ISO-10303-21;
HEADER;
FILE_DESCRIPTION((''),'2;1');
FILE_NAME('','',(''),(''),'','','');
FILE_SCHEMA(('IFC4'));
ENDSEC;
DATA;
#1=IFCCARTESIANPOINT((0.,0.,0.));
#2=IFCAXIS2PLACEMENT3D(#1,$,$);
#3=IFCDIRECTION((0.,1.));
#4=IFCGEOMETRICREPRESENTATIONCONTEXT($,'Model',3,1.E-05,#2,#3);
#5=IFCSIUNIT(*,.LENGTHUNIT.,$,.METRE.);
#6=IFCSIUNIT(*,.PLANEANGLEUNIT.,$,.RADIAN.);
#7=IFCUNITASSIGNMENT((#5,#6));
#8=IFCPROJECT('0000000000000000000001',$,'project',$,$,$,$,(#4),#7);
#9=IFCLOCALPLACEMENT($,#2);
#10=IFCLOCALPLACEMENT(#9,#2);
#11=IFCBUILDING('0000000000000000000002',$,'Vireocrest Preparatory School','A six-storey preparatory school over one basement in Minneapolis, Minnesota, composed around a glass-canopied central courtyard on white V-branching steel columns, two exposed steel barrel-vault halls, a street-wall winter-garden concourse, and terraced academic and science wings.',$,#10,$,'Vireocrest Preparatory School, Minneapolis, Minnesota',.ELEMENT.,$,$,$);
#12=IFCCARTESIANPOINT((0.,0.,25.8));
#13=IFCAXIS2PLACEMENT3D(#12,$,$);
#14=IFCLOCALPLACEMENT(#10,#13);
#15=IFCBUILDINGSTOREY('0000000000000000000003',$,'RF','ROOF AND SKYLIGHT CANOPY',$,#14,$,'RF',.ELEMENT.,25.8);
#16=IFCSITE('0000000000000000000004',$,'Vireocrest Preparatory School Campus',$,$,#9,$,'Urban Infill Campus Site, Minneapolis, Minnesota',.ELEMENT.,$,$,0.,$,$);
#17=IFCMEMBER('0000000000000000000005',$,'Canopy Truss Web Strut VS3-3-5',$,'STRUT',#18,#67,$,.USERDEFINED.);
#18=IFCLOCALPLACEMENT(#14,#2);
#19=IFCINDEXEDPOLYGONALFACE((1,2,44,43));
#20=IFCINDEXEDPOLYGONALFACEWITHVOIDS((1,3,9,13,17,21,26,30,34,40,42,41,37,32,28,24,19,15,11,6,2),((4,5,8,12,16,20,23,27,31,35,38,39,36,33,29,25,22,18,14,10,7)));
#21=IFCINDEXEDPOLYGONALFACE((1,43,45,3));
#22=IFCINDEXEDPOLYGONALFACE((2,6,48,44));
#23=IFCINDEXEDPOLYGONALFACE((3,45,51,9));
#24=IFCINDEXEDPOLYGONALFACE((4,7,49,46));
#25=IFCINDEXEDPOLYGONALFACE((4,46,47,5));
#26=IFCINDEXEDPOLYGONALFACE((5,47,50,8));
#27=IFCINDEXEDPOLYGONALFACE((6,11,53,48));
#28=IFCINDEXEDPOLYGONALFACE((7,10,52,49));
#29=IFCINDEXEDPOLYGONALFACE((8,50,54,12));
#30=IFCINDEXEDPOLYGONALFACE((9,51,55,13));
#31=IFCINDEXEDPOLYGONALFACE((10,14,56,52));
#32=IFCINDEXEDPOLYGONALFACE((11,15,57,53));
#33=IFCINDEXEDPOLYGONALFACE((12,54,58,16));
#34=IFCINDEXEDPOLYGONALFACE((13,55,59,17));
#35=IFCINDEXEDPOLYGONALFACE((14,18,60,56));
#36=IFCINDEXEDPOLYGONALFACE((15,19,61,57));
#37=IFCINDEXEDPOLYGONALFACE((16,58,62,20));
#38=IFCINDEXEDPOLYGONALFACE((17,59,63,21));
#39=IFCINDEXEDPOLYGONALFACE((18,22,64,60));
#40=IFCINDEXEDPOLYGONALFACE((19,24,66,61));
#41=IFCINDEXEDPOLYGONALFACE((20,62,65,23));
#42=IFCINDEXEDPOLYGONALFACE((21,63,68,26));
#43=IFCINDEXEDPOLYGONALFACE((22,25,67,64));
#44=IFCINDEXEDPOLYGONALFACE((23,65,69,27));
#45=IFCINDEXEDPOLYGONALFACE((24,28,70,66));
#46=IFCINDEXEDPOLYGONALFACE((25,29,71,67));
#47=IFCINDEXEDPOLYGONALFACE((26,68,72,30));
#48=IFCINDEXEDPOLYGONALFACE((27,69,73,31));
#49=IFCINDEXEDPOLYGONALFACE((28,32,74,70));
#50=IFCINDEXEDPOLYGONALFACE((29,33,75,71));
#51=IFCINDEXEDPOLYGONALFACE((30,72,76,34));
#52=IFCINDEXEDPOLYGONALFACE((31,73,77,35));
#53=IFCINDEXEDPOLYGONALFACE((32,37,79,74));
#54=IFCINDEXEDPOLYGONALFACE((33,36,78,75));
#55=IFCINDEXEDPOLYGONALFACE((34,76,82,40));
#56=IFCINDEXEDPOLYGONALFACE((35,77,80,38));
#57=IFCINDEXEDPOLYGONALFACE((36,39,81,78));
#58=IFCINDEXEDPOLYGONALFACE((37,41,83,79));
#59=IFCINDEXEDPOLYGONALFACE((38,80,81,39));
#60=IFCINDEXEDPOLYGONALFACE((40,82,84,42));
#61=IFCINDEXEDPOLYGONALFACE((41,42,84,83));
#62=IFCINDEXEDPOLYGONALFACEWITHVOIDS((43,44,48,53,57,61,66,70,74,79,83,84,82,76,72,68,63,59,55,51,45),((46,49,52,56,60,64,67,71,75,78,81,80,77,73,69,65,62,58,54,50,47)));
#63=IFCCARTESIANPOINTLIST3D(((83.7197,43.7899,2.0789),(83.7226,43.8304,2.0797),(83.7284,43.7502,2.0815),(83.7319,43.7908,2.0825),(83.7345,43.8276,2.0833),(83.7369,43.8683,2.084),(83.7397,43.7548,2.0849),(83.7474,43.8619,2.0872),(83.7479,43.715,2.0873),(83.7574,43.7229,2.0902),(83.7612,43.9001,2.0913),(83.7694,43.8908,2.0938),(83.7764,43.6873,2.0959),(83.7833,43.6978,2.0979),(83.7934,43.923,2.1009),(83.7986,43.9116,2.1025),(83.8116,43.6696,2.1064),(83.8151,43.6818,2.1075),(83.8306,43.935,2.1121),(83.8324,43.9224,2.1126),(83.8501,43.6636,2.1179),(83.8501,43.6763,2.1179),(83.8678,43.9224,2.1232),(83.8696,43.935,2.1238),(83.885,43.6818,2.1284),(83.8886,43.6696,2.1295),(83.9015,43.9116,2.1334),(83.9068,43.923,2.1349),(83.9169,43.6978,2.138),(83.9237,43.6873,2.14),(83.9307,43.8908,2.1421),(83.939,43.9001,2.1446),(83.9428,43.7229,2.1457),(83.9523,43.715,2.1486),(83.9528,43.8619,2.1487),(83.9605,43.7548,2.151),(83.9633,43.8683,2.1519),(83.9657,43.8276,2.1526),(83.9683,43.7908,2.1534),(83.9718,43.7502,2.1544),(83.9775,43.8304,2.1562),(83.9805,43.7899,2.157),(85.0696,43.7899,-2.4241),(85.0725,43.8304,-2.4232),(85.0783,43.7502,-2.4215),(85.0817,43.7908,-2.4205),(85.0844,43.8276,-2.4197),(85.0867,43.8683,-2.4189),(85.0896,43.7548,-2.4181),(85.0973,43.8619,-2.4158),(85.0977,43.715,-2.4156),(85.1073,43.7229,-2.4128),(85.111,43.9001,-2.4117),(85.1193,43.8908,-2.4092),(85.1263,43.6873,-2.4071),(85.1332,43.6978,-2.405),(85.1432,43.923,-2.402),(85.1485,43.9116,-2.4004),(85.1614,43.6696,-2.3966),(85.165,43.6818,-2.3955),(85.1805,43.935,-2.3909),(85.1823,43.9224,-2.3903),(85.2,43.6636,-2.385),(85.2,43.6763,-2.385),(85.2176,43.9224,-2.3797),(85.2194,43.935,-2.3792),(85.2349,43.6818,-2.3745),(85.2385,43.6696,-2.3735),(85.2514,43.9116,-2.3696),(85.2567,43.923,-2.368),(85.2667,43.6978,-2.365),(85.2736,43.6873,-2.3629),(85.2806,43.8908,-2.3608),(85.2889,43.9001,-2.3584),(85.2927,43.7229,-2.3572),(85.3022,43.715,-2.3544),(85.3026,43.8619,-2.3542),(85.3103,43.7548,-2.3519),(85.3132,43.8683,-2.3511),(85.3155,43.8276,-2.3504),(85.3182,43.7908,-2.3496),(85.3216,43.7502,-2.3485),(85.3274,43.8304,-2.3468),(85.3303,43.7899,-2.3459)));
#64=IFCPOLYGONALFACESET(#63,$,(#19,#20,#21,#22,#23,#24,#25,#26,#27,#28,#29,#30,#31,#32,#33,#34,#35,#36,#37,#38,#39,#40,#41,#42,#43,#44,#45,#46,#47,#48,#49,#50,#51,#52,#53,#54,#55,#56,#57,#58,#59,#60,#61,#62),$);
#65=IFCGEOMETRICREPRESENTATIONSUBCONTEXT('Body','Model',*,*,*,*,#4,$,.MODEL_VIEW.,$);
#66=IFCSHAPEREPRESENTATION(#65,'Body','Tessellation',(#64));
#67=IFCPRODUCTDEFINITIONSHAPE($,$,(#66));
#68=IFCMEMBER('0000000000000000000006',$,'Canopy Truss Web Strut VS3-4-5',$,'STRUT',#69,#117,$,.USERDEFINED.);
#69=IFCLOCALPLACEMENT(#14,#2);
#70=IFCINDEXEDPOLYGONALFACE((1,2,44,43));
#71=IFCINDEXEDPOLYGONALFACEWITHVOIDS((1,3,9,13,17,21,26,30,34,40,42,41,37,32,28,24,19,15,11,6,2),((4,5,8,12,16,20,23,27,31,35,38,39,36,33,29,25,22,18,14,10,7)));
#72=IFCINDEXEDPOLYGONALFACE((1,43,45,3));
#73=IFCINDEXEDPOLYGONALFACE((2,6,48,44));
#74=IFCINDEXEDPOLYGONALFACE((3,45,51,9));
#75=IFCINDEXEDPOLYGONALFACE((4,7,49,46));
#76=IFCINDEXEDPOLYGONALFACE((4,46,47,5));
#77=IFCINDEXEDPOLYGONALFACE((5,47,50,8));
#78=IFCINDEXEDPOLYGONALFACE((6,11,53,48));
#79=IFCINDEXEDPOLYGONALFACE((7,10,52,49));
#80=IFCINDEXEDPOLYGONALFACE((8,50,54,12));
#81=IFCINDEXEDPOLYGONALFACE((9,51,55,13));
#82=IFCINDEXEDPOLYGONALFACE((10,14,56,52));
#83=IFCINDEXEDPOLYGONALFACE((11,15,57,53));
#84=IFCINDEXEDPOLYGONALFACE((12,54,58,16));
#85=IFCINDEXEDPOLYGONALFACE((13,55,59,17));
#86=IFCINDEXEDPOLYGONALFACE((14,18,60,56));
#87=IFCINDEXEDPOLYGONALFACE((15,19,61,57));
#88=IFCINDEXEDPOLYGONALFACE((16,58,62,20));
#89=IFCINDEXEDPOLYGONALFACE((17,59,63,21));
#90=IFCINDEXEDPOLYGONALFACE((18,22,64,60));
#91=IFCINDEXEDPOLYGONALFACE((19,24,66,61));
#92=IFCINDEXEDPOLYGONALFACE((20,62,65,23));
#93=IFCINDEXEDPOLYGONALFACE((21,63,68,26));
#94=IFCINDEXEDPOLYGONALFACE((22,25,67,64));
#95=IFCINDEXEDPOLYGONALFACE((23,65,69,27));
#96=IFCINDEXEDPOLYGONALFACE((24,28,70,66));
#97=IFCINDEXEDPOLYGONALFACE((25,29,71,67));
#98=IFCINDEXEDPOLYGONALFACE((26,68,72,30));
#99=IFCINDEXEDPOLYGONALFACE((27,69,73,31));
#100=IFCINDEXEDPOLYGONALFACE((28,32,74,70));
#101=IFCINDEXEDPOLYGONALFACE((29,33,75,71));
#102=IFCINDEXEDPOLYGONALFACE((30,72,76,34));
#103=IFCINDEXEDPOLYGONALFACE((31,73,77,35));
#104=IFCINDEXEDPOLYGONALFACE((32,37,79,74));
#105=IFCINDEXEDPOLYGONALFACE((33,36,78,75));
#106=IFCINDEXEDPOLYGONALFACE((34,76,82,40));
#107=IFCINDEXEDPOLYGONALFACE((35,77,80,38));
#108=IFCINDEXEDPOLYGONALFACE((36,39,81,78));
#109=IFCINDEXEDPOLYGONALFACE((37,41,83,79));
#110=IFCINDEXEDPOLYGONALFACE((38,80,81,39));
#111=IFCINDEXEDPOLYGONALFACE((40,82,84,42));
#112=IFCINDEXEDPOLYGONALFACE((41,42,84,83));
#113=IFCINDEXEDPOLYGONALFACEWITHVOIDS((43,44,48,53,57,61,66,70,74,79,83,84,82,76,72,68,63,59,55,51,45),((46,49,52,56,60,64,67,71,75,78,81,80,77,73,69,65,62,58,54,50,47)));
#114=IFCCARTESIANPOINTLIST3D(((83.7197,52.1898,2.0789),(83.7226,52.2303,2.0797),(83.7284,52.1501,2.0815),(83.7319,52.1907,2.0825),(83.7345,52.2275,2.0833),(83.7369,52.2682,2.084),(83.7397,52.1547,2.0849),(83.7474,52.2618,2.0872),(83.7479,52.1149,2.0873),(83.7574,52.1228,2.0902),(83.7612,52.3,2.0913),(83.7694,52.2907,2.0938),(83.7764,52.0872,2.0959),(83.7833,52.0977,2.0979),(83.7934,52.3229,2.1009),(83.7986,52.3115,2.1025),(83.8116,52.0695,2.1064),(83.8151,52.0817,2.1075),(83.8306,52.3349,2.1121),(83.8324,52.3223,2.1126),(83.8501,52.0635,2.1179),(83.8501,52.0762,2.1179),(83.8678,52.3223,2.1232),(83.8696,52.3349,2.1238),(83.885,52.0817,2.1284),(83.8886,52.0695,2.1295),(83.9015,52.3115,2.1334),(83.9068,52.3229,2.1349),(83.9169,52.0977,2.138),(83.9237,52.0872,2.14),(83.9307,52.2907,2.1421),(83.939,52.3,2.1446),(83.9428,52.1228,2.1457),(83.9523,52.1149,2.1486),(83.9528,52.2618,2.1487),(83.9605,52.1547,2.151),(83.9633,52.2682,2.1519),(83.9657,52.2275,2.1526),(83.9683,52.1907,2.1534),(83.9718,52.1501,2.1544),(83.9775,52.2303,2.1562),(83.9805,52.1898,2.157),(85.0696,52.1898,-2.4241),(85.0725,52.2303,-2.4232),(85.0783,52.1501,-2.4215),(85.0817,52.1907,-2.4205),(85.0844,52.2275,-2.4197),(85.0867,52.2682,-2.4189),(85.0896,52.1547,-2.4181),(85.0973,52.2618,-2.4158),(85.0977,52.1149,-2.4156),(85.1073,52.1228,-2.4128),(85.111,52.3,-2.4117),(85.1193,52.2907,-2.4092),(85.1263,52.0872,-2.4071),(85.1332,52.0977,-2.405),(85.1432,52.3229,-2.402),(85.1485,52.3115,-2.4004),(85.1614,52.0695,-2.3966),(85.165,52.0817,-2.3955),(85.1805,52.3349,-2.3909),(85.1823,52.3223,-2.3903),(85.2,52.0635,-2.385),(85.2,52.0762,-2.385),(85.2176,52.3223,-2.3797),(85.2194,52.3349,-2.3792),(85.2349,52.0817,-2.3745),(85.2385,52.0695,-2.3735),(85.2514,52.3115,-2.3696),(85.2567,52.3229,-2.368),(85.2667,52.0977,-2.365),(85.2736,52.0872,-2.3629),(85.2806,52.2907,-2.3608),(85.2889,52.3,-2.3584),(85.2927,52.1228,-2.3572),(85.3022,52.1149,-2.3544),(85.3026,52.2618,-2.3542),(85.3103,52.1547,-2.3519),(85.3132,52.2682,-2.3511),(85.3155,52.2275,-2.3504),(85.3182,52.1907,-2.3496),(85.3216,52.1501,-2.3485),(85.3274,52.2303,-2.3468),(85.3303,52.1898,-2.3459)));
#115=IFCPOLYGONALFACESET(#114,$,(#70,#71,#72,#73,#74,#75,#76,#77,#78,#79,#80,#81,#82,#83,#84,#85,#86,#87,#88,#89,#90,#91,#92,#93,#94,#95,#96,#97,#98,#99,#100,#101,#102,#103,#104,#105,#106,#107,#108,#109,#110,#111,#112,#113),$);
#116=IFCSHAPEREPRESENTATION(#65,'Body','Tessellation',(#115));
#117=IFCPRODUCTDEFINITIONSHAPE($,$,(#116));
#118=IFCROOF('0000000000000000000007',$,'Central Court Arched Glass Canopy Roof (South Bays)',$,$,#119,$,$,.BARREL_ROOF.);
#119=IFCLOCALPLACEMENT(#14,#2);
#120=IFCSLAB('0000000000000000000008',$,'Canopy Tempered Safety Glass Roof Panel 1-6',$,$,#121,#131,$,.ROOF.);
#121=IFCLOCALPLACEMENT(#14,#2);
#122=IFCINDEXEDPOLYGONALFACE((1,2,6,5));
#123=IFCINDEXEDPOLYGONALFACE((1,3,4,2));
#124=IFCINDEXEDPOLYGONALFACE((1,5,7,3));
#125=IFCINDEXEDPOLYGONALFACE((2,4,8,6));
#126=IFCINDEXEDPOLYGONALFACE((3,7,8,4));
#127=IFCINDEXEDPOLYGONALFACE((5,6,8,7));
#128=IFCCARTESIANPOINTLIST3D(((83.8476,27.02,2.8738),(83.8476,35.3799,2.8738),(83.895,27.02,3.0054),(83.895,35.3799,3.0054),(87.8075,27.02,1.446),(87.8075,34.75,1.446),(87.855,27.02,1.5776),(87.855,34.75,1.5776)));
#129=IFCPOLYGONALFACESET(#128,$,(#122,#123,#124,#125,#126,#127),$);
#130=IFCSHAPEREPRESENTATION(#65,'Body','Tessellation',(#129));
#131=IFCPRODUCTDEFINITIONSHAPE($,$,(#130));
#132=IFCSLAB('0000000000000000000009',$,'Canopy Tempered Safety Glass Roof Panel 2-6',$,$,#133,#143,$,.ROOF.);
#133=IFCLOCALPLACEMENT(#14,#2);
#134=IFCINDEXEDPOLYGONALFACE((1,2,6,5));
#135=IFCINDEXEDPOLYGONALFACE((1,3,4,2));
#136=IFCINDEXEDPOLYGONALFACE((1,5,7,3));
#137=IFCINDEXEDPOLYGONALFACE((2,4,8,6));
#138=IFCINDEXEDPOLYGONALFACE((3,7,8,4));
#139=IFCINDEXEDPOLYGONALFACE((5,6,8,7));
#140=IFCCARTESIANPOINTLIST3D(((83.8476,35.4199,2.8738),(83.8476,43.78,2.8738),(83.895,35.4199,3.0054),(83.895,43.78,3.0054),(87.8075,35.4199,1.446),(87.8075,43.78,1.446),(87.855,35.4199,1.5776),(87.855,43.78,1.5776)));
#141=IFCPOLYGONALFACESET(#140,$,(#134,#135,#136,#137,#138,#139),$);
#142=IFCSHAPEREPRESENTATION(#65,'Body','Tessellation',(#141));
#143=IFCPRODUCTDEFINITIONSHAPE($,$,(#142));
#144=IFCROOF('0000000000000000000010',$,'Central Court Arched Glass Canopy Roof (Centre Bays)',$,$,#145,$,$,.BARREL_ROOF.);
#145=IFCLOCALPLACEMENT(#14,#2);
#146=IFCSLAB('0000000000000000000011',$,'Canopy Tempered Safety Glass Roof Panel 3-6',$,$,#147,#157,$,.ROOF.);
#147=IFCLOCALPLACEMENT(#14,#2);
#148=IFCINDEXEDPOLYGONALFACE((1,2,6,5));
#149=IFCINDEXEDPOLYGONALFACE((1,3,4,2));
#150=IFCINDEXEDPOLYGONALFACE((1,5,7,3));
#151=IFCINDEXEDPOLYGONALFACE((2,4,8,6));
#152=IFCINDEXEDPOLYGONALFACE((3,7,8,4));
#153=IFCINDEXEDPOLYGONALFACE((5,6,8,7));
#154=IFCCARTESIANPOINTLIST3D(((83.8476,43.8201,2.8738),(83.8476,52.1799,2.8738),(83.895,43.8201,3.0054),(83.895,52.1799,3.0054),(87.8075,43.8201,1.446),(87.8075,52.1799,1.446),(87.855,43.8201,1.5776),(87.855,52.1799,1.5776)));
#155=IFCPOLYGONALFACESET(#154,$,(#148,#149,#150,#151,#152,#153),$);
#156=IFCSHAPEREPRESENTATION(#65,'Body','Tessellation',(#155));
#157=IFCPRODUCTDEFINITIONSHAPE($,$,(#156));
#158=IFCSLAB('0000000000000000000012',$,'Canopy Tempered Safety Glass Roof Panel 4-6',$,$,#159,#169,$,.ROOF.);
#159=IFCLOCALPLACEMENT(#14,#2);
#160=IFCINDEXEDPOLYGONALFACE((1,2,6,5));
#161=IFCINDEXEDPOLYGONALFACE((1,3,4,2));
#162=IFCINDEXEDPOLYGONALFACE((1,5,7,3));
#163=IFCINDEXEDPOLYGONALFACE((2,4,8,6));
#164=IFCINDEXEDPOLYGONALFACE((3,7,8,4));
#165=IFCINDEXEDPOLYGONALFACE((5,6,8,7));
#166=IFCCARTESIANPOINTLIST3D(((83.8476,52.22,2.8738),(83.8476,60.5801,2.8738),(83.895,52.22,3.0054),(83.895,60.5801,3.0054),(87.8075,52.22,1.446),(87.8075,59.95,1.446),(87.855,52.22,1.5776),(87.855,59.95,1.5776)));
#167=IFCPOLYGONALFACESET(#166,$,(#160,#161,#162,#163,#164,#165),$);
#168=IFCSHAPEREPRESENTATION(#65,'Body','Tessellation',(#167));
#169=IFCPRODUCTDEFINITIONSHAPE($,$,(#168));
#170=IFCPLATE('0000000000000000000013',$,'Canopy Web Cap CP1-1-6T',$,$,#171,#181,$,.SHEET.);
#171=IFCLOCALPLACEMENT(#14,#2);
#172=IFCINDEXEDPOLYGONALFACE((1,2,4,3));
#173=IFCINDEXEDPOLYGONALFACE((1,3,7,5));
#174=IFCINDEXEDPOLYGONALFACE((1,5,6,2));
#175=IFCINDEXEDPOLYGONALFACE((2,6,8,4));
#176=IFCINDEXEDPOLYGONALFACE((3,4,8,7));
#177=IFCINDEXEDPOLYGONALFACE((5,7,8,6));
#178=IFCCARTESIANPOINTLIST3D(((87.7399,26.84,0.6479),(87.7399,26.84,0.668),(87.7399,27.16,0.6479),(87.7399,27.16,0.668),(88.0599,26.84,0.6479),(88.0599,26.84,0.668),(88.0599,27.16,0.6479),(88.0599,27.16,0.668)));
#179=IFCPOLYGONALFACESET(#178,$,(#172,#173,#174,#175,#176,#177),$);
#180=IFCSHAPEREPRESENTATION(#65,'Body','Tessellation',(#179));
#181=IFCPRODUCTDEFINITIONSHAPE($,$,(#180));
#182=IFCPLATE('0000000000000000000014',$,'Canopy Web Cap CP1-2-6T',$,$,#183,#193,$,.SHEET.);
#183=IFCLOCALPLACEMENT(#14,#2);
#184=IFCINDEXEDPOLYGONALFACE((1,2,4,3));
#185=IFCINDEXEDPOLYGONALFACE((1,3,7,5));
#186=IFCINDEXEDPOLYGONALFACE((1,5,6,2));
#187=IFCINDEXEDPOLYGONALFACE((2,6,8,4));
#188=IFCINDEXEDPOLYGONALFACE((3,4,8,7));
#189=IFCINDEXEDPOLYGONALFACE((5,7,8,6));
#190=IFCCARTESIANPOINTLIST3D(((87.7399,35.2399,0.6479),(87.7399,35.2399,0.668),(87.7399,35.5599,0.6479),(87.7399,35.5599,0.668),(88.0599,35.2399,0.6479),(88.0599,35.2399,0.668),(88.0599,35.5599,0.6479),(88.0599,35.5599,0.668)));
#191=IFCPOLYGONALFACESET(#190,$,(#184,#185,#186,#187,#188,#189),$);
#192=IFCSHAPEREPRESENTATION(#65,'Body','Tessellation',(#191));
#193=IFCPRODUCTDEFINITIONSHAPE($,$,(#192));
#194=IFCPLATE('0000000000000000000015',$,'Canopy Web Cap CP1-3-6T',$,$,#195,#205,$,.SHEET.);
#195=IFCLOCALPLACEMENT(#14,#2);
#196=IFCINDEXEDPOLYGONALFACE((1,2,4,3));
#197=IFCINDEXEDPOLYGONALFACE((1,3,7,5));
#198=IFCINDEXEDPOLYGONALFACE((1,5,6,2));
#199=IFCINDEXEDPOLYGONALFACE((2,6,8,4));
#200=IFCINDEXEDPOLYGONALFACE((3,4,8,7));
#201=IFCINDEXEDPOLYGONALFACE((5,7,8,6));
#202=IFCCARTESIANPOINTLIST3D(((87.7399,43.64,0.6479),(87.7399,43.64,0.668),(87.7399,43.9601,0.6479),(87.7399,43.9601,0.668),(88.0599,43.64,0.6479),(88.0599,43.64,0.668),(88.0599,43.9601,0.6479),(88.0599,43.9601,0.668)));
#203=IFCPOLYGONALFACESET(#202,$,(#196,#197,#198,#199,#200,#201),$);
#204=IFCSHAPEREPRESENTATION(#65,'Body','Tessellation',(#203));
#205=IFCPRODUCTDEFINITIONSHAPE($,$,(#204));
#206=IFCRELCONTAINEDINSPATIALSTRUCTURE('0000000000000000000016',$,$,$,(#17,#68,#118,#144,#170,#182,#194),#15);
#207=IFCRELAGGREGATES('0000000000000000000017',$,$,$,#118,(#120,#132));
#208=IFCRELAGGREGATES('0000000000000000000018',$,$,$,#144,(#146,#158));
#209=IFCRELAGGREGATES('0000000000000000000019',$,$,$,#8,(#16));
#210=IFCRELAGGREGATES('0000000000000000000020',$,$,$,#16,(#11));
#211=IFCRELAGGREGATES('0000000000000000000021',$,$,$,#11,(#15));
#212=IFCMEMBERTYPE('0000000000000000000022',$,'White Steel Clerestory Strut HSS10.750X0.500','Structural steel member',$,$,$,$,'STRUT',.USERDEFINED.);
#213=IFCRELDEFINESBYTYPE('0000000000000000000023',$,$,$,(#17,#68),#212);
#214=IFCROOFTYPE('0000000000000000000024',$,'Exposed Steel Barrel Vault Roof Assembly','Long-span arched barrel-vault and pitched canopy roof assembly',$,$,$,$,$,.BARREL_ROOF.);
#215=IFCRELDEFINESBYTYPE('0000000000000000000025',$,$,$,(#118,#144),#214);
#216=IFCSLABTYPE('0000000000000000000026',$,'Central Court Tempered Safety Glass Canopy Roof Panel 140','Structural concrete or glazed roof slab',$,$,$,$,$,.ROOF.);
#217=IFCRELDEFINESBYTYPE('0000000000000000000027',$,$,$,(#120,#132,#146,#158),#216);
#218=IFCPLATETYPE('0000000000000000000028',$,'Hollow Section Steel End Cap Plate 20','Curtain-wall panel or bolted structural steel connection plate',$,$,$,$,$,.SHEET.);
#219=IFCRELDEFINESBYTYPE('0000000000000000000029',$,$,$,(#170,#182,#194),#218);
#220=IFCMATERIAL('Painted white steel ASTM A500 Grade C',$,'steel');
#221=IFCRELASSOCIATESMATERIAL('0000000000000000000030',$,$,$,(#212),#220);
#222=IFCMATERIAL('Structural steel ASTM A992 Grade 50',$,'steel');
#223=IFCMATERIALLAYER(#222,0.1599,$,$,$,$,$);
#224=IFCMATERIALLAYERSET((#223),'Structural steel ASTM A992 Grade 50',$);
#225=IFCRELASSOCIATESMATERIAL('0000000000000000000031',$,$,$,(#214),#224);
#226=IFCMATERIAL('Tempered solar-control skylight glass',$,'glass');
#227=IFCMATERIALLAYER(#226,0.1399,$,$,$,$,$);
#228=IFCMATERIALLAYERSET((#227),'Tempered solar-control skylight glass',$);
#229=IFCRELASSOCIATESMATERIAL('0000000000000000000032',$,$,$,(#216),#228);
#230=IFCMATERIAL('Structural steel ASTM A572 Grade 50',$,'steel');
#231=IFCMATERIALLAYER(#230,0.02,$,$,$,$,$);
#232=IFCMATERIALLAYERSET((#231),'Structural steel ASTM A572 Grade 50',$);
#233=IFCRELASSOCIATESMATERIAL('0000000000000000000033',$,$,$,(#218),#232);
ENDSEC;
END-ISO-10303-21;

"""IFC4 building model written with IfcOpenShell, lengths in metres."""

from ifc_helpers import new_model, si_unit, direction, frame, origin, origin_2d, place, context, subcontext, project, spatial, polyline, rectangle, hollow_circle, outline, extrude, material, layer, layer_set, material_profile, profile_set, type_object, element, aggregate, save


model = new_model("IFC4")

# Units and contexts
model_context = context("Model", 3, precision=1e-05, world=origin(), true_north=direction((0.0, 1.0)))
body_context = subcontext(model_context, "Body", "Model", "MODEL_VIEW")
ifc_project = project(units=[si_unit("LENGTHUNIT", "METRE"), si_unit("PLANEANGLEUNIT", "RADIAN")], contexts=[model_context])

# Site, building, storey
site_placement = place(None, origin())
site = spatial("IfcSite", under=ifc_project, at=site_placement, Name="Vireocrest Preparatory School Campus", LongName="Urban Infill Campus Site, Minneapolis, Minnesota", CompositionType="ELEMENT", RefElevation=0.0)
building_placement = place(site_placement, origin())
building = spatial("IfcBuilding", under=site, at=building_placement, Name="Vireocrest Preparatory School", Description="A six-storey preparatory school over one basement in Minneapolis, Minnesota, composed around a glass-canopied central courtyard on white V-branching steel columns, two exposed steel barrel-vault halls, a street-wall winter-garden concourse, and terraced academic and science wings.", LongName="Vireocrest Preparatory School, Minneapolis, Minnesota", CompositionType="ELEMENT")
storey_placement = place(building_placement, frame((0.0, 0.0, 25.8)))
storey = spatial("IfcBuildingStorey", under=building, at=storey_placement, Name="RF", Description="ROOF AND SKYLIGHT CANOPY", LongName="RF", CompositionType="ELEMENT", Elevation=25.8)

# Shared definitions
ifc_material_1 = material(Name="Painted white steel ASTM A500 Grade C", Category="steel")

# Shared definitions
ifc_material_2 = material(Name="Structural steel ASTM A992 Grade 50", Category="steel")

# Members
ifc_material_profile_1 = material_profile(ifc_material_1, hollow_circle(Radius=0.1365, WallThickness=0.0127, at=origin_2d()), Name="HSS10.750X0.500")
ifc_profile_set_1 = profile_set([ifc_material_profile_1], Name="Painted white steel ASTM A500 Grade C")
member_type_1 = type_object("IfcMemberType", Name="White Steel Clerestory Strut HSS10.750X0.500", Description="Structural steel member", ElementType="STRUT", PredefinedType="USERDEFINED", material=ifc_profile_set_1)
for number, where, z_axis, x_axis, name in (
    (1, (85.2, 43.8, -2.385), (-0.287148, 0.0, 0.957886), (0.0, -1.0, 0.0), "Canopy Truss Web Strut VS3-3-5"),
    (2, (85.2, 52.2, -2.385), (-0.287148, 0.0, 0.957886), (0.0, -1.0, 0.0), "Canopy Truss Web Strut VS3-4-5"),
):
    element("IfcMember", number, at=place(storey_placement, frame(where, z_axis=z_axis, x_axis=x_axis)), inside=storey, type_object=member_type_1, Name=name, ObjectType="STRUT", PredefinedType="USERDEFINED", context=body_context, shape_type="SweptSolid", body=[
        extrude(hollow_circle(Radius=0.1365, WallThickness=0.0127, at=origin_2d()), origin(), (0.0, 0.0, 1.0), 4.7009),
    ])

# Roofs, slabs
ifc_layer_1 = layer(ifc_material_2, 0.1599)
ifc_layer_set_1 = layer_set([ifc_layer_1], Name="Structural steel ASTM A992 Grade 50")
roof_type = type_object("IfcRoofType", Name="Exposed Steel Barrel Vault Roof Assembly", Description="Long-span arched barrel-vault and pitched canopy roof assembly", PredefinedType="BARREL_ROOF", material=ifc_layer_set_1)
roof_1_placement = place(storey_placement, origin())
roof_1 = element("IfcRoof", 3, at=roof_1_placement, inside=storey, type_object=roof_type, Name="Central Court Arched Glass Canopy Roof (South Bays)", PredefinedType="BARREL_ROOF")
ifc_material_3 = material(Name="Tempered solar-control skylight glass", Category="glass")
ifc_layer_2 = layer(ifc_material_3, 0.1399)
ifc_layer_set_2 = layer_set([ifc_layer_2], Name="Tempered solar-control skylight glass")
slab_type = type_object("IfcSlabType", Name="Central Court Tempered Safety Glass Canopy Roof Panel 140", Description="Structural concrete or glazed roof slab", PredefinedType="ROOF", material=ifc_layer_set_2)
slab_1_placement = place(storey_placement, frame((83.895, 27.02, 3.0054), z_axis=(0.339171, 0.0, 0.940725), x_axis=(0.940725, 0.0, -0.339171)))
slab_1 = element("IfcSlab", 4, at=slab_1_placement, type_object=slab_type, Name="Canopy Tempered Safety Glass Roof Panel 1-6", PredefinedType="ROOF", context=body_context, shape_type="SweptSolid", body=[
    extrude(outline(polyline([(0.0, 0.0), (4.2095, 0.0), (4.2095, 7.73), (0.0, 8.3599), (0.0, 0.0)])), origin(), (0.0, 0.0, -1.0), 0.1399),
])
slab_2_placement = place(storey_placement, frame((83.895, 35.4199, 3.0054), z_axis=(0.339171, 0.0, 0.940725), x_axis=(0.940725, 0.0, -0.339171)))
slab_2 = element("IfcSlab", 5, at=slab_2_placement, type_object=slab_type, Name="Canopy Tempered Safety Glass Roof Panel 2-6", PredefinedType="ROOF", context=body_context, shape_type="SweptSolid", body=[
    extrude(outline(polyline([(0.0, 0.0), (4.2095, 0.0), (4.2095, 8.3601), (0.0, 8.3601), (0.0, 0.0)])), origin(), (0.0, 0.0, -1.0), 0.1399),
])
aggregate(roof_1, [slab_1, slab_2])
roof_2_placement = place(storey_placement, origin())
roof_2 = element("IfcRoof", 6, at=roof_2_placement, inside=storey, type_object=roof_type, Name="Central Court Arched Glass Canopy Roof (Centre Bays)", PredefinedType="BARREL_ROOF")
slab_3_placement = place(storey_placement, frame((83.895, 43.8201, 3.0054), z_axis=(0.339171, 0.0, 0.940725), x_axis=(0.940725, 0.0, -0.339171)))
slab_3 = element("IfcSlab", 7, at=slab_3_placement, type_object=slab_type, Name="Canopy Tempered Safety Glass Roof Panel 3-6", PredefinedType="ROOF", context=body_context, shape_type="SweptSolid", body=[
    extrude(outline(polyline([(0.0, 0.0), (4.2095, 0.0), (4.2095, 8.3599), (0.0, 8.3599), (0.0, 0.0)])), origin(), (0.0, 0.0, -1.0), 0.1399),
])
slab_4_placement = place(storey_placement, frame((83.895, 52.22, 3.0054), z_axis=(0.339171, 0.0, 0.940725), x_axis=(0.940725, 0.0, -0.339171)))
slab_4 = element("IfcSlab", 8, at=slab_4_placement, type_object=slab_type, Name="Canopy Tempered Safety Glass Roof Panel 4-6", PredefinedType="ROOF", context=body_context, shape_type="SweptSolid", body=[
    extrude(outline(polyline([(0.0, 0.0), (4.2095, 0.0), (4.2095, 7.73), (0.0, 8.3601), (0.0, 0.0)])), origin(), (0.0, 0.0, -1.0), 0.1399),
])
aggregate(roof_2, [slab_3, slab_4])

# Plates
ifc_material_4 = material(Name="Structural steel ASTM A572 Grade 50", Category="steel")
ifc_layer_3 = layer(ifc_material_4, 0.02)
ifc_layer_set_3 = layer_set([ifc_layer_3], Name="Structural steel ASTM A572 Grade 50")
plate_type = type_object("IfcPlateType", Name="Hollow Section Steel End Cap Plate 20", Description="Curtain-wall panel or bolted structural steel connection plate", PredefinedType="SHEET", material=ifc_layer_set_3)
for number, where, z_axis, x_axis, name in (
    (9, (87.8999, 27.0, 0.6479), (0.0, 0.0, 1.0), (1.0, 0.0, 0.0), "Canopy Web Cap CP1-1-6T"),
    (10, (87.8999, 35.3999, 0.6479), (0.0, 0.0, 1.0), (1.0, 0.0, 0.0), "Canopy Web Cap CP1-2-6T"),
    (11, (87.8999, 43.8, 0.6479), (0.0, 0.0, 1.0), (1.0, 0.0, 0.0), "Canopy Web Cap CP1-3-6T"),
):
    element("IfcPlate", number, at=place(storey_placement, frame(where, z_axis=z_axis, x_axis=x_axis)), inside=storey, type_object=plate_type, Name=name, PredefinedType="SHEET", context=body_context, shape_type="SweptSolid", body=[
        extrude(rectangle(XDim=0.3201, YDim=0.3201, at=origin_2d()), origin(), (0.0, 0.0, 1.0), 0.02),
    ])

save(model, "model.ifc")
